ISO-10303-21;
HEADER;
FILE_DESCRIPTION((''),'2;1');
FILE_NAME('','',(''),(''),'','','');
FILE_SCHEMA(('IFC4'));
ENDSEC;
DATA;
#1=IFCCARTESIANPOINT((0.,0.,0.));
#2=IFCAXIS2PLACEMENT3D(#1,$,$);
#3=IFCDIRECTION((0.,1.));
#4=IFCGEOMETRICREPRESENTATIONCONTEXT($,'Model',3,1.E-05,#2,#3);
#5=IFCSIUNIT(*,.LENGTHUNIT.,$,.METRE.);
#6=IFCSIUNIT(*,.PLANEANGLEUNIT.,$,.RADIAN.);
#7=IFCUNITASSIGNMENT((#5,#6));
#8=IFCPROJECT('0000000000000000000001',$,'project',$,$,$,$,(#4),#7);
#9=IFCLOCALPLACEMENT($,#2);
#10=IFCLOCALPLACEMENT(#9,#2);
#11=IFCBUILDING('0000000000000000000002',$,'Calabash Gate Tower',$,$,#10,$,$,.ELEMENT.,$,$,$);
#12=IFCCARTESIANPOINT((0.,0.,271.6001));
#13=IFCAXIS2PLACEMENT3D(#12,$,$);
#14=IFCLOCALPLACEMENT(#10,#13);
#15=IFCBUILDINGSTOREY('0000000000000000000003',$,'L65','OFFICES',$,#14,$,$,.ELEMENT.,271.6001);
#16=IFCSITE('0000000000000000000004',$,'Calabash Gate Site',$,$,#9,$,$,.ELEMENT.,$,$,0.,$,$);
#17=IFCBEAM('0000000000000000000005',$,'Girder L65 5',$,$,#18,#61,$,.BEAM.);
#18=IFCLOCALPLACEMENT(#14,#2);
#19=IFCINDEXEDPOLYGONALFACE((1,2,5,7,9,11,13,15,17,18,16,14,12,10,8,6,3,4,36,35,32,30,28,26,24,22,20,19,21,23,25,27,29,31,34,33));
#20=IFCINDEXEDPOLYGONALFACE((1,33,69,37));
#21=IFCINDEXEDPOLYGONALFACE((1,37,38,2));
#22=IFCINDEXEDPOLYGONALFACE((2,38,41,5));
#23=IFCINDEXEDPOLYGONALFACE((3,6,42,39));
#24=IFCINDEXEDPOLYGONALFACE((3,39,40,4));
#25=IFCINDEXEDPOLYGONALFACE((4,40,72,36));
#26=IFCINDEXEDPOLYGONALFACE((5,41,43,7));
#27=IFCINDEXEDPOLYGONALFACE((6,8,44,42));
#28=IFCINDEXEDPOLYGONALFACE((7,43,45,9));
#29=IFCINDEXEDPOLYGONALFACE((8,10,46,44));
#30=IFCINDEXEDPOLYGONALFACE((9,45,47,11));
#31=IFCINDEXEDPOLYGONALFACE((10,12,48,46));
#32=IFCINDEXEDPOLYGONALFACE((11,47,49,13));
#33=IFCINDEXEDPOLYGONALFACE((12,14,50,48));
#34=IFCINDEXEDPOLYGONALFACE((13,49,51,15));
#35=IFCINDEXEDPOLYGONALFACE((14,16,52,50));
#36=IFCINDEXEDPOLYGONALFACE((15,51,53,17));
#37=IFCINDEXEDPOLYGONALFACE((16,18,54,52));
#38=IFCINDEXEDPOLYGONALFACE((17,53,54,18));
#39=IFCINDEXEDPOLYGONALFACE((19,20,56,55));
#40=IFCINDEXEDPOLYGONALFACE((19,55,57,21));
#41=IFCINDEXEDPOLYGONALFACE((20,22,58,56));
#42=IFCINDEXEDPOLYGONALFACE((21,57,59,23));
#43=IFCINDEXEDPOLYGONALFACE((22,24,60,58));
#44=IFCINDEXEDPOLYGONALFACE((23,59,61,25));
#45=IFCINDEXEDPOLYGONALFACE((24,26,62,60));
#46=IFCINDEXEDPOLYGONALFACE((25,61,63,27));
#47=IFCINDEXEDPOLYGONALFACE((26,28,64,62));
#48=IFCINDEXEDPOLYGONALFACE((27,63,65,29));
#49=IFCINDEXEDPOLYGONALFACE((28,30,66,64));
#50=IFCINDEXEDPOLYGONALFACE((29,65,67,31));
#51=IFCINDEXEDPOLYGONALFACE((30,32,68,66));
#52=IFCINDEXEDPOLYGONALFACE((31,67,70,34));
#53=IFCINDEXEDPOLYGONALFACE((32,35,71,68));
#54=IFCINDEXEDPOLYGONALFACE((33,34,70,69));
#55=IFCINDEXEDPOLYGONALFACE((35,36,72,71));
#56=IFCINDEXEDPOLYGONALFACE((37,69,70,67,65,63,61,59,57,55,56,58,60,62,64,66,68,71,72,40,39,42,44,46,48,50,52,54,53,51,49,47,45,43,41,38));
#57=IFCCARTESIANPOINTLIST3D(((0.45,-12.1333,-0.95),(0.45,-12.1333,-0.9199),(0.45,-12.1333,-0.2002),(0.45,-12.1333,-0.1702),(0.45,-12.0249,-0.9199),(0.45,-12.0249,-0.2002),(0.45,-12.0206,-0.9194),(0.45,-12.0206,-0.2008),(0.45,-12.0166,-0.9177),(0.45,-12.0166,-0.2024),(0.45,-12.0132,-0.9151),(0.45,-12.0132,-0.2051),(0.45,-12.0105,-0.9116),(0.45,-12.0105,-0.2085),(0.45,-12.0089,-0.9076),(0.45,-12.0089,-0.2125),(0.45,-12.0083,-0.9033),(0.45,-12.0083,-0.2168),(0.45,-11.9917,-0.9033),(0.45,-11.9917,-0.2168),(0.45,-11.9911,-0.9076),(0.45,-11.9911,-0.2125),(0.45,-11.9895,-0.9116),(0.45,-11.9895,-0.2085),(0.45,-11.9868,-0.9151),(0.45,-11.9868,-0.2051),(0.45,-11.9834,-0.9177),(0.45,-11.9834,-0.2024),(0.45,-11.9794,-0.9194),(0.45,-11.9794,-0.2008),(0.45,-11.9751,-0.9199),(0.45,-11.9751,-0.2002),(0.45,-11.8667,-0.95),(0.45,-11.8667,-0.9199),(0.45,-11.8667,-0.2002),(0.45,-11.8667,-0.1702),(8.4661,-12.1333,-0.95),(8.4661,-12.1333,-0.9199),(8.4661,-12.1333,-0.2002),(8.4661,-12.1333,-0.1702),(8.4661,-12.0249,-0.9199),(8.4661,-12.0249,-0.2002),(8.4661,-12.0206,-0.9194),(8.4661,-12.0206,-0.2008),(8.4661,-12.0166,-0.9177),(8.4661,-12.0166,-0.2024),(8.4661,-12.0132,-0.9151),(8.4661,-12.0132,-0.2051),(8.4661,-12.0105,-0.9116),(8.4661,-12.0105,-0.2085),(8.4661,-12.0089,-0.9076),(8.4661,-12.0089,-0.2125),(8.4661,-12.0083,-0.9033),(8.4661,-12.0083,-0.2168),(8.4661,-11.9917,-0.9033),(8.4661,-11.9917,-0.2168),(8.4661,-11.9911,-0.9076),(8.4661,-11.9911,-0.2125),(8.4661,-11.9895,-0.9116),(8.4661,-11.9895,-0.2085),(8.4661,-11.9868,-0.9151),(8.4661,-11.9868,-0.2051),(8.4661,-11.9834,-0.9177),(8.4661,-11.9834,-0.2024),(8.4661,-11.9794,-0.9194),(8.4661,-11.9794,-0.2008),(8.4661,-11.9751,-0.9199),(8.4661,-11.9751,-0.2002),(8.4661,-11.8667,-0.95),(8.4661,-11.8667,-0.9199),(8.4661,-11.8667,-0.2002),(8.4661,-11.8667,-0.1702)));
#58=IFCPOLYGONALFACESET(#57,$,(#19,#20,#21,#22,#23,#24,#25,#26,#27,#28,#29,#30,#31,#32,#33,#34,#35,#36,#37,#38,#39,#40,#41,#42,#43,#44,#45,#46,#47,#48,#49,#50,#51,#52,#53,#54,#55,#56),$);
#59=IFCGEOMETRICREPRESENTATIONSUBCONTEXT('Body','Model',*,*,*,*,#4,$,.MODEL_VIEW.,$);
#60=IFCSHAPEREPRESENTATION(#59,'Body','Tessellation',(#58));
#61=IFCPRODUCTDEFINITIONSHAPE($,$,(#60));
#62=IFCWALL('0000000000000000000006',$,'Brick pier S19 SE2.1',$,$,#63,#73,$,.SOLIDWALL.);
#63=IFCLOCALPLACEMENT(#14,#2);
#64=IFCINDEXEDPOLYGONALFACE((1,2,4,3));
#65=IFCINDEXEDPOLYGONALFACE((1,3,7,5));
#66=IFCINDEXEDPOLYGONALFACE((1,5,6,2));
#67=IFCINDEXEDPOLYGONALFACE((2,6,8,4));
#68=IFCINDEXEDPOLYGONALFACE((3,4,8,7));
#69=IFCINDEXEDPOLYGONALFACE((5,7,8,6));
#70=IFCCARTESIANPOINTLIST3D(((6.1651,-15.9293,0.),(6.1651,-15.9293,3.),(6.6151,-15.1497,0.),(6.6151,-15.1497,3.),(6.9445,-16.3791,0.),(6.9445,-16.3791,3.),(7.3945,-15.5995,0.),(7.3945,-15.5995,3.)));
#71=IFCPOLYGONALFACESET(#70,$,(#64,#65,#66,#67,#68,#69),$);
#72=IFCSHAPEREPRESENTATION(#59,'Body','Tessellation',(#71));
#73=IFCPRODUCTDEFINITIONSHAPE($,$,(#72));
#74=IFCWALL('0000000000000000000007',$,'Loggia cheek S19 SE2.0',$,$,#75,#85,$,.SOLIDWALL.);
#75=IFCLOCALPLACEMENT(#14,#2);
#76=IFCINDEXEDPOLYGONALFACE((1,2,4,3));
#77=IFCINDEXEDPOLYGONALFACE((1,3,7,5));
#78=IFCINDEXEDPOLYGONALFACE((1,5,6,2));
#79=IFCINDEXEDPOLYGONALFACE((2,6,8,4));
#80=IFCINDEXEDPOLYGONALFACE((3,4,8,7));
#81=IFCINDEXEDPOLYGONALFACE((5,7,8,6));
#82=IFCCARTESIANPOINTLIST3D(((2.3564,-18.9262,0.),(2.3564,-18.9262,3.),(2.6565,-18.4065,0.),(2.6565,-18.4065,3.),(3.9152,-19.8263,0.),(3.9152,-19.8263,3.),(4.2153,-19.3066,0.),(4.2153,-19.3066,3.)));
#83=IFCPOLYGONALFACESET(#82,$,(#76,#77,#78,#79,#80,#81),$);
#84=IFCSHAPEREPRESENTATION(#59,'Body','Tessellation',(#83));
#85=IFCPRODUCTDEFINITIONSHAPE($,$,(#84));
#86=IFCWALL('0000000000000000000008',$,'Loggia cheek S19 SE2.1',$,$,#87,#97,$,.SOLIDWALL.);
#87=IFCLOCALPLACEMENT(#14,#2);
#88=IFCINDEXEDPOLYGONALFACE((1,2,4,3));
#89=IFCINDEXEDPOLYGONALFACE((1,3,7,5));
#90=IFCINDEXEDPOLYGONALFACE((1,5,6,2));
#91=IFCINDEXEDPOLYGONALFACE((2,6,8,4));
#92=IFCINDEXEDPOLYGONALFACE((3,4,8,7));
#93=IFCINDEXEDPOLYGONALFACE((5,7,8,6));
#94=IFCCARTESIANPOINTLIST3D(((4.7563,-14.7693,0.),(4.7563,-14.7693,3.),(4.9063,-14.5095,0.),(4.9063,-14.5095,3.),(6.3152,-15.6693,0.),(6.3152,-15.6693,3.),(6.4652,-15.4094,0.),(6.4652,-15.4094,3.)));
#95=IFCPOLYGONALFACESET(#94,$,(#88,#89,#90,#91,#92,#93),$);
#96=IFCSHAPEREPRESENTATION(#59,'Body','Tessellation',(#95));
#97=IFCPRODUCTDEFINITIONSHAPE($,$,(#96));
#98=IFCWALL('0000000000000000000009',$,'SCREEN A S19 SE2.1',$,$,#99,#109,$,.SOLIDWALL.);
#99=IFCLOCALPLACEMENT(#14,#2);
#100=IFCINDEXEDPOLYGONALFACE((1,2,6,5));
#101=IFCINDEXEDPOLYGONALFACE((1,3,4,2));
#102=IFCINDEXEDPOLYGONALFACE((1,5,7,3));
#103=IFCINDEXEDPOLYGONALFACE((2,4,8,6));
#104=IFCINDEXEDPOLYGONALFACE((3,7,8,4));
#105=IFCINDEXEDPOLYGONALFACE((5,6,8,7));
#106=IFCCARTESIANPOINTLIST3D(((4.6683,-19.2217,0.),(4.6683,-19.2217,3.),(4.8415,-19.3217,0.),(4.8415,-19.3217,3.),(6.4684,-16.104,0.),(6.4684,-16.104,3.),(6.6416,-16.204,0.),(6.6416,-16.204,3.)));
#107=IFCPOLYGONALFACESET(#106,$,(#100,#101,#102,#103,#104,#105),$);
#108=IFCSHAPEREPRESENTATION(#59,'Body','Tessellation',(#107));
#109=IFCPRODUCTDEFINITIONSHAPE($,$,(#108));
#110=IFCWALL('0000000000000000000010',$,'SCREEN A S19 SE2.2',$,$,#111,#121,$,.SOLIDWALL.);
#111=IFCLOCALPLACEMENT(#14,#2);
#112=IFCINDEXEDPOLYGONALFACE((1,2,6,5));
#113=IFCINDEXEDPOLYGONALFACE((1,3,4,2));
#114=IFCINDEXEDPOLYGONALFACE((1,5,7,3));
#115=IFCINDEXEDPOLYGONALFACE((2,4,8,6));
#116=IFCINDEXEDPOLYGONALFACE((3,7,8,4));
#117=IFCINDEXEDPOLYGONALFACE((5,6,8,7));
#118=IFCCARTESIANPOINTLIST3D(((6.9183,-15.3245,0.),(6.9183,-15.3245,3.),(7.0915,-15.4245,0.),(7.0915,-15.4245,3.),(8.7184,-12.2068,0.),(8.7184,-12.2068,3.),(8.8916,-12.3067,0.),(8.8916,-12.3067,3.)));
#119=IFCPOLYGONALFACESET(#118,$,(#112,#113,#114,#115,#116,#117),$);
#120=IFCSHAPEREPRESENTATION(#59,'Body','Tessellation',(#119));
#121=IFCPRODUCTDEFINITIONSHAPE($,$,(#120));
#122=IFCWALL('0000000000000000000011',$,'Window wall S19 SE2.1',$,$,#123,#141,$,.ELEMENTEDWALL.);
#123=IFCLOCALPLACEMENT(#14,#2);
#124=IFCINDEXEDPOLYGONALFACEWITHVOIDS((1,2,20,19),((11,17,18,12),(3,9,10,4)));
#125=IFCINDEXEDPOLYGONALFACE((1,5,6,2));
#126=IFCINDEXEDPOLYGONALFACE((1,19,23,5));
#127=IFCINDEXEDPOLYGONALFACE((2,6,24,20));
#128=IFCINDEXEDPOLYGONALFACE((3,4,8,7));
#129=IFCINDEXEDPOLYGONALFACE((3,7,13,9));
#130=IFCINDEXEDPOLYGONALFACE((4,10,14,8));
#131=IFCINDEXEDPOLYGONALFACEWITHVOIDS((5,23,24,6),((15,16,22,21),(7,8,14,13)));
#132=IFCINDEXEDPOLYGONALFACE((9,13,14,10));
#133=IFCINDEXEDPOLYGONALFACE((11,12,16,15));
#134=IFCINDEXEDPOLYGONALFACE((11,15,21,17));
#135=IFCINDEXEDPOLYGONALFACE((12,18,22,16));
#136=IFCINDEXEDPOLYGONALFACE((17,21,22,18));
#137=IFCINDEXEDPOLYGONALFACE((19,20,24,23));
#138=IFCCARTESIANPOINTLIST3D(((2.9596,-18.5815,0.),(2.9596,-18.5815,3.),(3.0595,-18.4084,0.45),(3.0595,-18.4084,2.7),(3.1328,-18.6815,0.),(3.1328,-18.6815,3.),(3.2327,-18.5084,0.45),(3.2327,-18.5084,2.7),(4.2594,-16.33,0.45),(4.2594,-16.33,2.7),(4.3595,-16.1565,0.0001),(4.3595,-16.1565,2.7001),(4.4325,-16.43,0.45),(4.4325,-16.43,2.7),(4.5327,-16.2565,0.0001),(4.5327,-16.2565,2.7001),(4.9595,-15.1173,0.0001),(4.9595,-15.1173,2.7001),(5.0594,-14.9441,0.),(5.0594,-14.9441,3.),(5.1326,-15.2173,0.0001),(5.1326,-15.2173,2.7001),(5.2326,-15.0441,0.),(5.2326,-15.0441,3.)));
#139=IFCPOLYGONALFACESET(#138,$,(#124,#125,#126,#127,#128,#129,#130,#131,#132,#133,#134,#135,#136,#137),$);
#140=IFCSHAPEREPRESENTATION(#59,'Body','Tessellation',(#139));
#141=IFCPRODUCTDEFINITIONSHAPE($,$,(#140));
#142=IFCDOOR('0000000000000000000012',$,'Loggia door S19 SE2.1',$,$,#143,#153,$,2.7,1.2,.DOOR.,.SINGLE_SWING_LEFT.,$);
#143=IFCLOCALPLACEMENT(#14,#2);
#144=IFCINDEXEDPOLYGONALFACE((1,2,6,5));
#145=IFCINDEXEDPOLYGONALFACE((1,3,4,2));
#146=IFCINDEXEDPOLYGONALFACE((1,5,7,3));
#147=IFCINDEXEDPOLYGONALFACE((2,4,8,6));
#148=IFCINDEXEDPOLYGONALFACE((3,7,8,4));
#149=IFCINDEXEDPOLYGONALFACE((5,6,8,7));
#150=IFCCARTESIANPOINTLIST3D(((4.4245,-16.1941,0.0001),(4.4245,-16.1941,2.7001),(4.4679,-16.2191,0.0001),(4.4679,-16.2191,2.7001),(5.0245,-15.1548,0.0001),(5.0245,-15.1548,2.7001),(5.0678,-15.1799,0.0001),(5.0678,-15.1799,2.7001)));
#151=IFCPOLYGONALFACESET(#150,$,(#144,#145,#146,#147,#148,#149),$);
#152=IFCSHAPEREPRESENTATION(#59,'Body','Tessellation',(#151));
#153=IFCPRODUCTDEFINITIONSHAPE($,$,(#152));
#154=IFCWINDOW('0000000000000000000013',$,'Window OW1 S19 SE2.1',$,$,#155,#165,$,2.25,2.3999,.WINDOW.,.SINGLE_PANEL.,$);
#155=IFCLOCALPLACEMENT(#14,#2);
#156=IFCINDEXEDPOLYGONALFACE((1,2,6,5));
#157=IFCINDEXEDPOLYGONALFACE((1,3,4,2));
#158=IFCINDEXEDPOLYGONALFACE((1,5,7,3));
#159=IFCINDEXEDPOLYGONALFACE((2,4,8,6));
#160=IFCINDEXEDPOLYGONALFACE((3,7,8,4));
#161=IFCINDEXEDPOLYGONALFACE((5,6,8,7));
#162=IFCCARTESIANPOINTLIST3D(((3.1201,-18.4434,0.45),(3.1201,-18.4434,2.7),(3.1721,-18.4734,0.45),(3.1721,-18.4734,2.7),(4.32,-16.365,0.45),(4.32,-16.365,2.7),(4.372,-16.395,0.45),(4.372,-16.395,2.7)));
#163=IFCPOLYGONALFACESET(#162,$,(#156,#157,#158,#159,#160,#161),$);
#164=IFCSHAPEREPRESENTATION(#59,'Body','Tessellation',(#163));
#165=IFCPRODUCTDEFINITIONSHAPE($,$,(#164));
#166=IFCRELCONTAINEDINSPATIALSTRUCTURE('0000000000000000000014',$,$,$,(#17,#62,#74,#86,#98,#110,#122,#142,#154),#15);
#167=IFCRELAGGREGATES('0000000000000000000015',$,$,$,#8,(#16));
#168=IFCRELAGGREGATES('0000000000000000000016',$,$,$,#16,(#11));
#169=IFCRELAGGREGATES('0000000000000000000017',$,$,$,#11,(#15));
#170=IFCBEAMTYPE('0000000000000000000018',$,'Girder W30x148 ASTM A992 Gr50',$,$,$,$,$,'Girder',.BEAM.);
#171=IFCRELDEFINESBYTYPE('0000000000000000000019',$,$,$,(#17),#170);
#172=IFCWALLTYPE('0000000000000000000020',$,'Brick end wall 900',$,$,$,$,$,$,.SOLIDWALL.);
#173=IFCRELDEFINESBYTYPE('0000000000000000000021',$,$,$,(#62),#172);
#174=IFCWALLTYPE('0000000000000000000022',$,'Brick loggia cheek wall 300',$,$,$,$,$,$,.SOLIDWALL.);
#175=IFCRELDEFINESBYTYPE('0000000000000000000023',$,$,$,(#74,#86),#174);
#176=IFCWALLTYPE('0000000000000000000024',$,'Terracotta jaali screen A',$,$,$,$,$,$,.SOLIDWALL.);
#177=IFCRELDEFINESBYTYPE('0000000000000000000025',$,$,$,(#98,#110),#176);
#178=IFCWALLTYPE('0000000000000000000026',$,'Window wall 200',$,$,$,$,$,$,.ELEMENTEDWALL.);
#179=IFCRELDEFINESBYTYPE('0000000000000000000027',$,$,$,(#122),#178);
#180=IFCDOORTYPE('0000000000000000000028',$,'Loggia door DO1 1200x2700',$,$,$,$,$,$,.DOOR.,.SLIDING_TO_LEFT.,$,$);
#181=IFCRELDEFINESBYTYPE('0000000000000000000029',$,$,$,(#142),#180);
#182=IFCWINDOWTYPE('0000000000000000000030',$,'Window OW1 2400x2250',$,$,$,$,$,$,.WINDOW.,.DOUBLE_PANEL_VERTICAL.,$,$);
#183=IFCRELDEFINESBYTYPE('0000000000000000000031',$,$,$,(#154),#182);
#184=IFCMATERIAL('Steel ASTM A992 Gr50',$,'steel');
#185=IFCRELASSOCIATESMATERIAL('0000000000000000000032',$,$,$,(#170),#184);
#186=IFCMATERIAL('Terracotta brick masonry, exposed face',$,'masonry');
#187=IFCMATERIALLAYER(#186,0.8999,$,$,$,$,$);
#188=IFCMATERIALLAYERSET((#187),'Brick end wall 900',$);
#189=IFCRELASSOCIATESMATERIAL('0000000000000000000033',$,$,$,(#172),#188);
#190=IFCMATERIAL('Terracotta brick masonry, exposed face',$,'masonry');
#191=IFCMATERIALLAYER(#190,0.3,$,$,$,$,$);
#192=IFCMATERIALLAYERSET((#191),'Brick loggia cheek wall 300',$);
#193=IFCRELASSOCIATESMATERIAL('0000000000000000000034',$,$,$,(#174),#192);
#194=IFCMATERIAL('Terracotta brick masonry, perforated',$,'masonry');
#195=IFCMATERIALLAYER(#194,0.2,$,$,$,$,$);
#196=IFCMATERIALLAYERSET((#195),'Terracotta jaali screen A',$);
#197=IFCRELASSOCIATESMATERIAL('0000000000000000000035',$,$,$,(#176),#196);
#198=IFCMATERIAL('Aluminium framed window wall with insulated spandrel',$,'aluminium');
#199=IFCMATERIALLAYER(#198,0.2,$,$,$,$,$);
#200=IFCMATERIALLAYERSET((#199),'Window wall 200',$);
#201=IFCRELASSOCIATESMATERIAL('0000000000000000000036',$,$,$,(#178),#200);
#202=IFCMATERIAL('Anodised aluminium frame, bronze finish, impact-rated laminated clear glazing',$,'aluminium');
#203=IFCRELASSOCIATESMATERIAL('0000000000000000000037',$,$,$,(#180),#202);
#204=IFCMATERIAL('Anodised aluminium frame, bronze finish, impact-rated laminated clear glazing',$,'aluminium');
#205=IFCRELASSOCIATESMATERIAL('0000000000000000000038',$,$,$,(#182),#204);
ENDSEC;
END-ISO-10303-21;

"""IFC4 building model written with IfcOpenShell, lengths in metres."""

from ifc_helpers import new_model, si_unit, direction, frame, frame_2d, origin, origin_2d, place, context, subcontext, project, spatial, rectangle, i_section, extrude, material, layer, layer_set, material_profile, profile_set, type_object, element, fill, save


model = new_model("IFC4")

# Units and contexts
model_context = context("Model", 3, precision=1e-05, world=origin(), true_north=direction((0.0, 1.0)))
body_context = subcontext(model_context, "Body", "Model", "MODEL_VIEW")
ifc_project = project(units=[si_unit("LENGTHUNIT", "METRE"), si_unit("PLANEANGLEUNIT", "RADIAN")], contexts=[model_context])

# Site, building, storey
site_placement = place(None, origin())
site = spatial("IfcSite", under=ifc_project, at=site_placement, Name="Calabash Gate Site", CompositionType="ELEMENT", RefElevation=0.0)
building_placement = place(site_placement, origin())
building = spatial("IfcBuilding", under=site, at=building_placement, Name="Calabash Gate Tower", CompositionType="ELEMENT")
storey_placement = place(building_placement, frame((0.0, 0.0, 271.6001)))
storey = spatial("IfcBuildingStorey", under=building, at=storey_placement, Name="L65", Description="OFFICES", CompositionType="ELEMENT", Elevation=271.6001)

# Beam
ifc_material_1 = material(Name="Steel ASTM A992 Gr50", Category="steel")
ifc_material_profile_1 = material_profile(ifc_material_1, i_section(OverallWidth=0.2666, OverallDepth=0.7798, WebThickness=0.0166, FlangeThickness=0.03, FilletRadius=0.0166, at=origin_2d()))
ifc_profile_set_1 = profile_set([ifc_material_profile_1], Name="Steel ASTM A992 Gr50")
beam_type_1 = type_object("IfcBeamType", Name="Girder W30x148 ASTM A992 Gr50", ElementType="Girder", PredefinedType="BEAM", material=ifc_profile_set_1)
beam_1_placement = place(storey_placement, frame((0.45, -12.0, -0.5601), z_axis=(1.0, 0.0, 0.0), x_axis=(0.0, 1.0, 0.0)))
element("IfcBeam", 1, at=beam_1_placement, inside=storey, type_object=beam_type_1, Name="Girder L65 5", PredefinedType="BEAM", context=body_context, shape_type="SweptSolid", body=[
    extrude(i_section(OverallWidth=0.2666, OverallDepth=0.7798, WebThickness=0.0166, FlangeThickness=0.03, FilletRadius=0.0166, at=origin_2d()), origin(), (0.0, 0.0, 1.0), 8.0161),
])

# Walls
ifc_material_2 = material(Name="Terracotta brick masonry, exposed face", Category="masonry")
ifc_layer_1 = layer(ifc_material_2, 0.8999)
ifc_layer_set_1 = layer_set([ifc_layer_1], Name="Brick end wall 900")
wall_type_1 = type_object("IfcWallType", Name="Brick end wall 900", PredefinedType="SOLIDWALL", material=ifc_layer_set_1)
wall_1_placement = place(storey_placement, frame((7.0049, -15.3745, 0.0), z_axis=(0.0, 0.0, 1.0), x_axis=(-0.499902, -0.866082, 0.0)))
element("IfcWall", 2, at=wall_1_placement, inside=storey, type_object=wall_type_1, Name="Brick pier S19 SE2.1", PredefinedType="SOLIDWALL", context=body_context, shape_type="SweptSolid", body=[
    extrude(rectangle(XDim=0.9001, YDim=0.8999, at=frame_2d((0.4502, 0.0))), origin(), (0.0, 0.0, 1.0), 3.0),
])
ifc_material_3 = material(Name="Terracotta brick masonry, exposed face", Category="masonry")
ifc_layer_2 = layer(ifc_material_3, 0.3)
ifc_layer_set_2 = layer_set([ifc_layer_2], Name="Brick loggia cheek wall 300")
wall_type_2 = type_object("IfcWallType", Name="Brick loggia cheek wall 300", PredefinedType="SOLIDWALL", material=ifc_layer_set_2)
wall_2_placement = place(storey_placement, frame((4.0652, -19.5664, 0.0), z_axis=(0.0, 0.0, 1.0), x_axis=(-0.865989, 0.500063, 0.0)))
element("IfcWall", 3, at=wall_2_placement, inside=storey, type_object=wall_type_2, Name="Loggia cheek S19 SE2.0", PredefinedType="SOLIDWALL", context=body_context, shape_type="SweptSolid", body=[
    extrude(rectangle(XDim=1.8, YDim=0.6001, at=frame_2d((0.8999, 0.0))), origin(), (0.0, 0.0, 1.0), 3.0),
])
wall_3_placement = place(storey_placement, frame((6.3901, -15.5393, 0.0), z_axis=(0.0, 0.0, 1.0), x_axis=(-0.866048, 0.499961, 0.0)))
element("IfcWall", 4, at=wall_3_placement, inside=storey, type_object=wall_type_2, Name="Loggia cheek S19 SE2.1", PredefinedType="SOLIDWALL", context=body_context, shape_type="SweptSolid", body=[
    extrude(rectangle(XDim=1.8, YDim=0.3, at=frame_2d((0.8999, 0.0))), origin(), (0.0, 0.0, 1.0), 3.0),
])
ifc_material_4 = material(Name="Terracotta brick masonry, perforated", Category="masonry")
ifc_layer_3 = layer(ifc_material_4, 0.2)
ifc_layer_set_3 = layer_set([ifc_layer_3], Name="Terracotta jaali screen A")
wall_type_3 = type_object("IfcWallType", Name="Terracotta jaali screen A", PredefinedType="SOLIDWALL", material=ifc_layer_set_3)
for number, where, z_axis, x_axis, name in (
    (5, (4.7549, -19.2717, 0.0), (0.0, 0.0, 1.0), (0.500012, 0.866018, 0.0), "SCREEN A S19 SE2.1"),
    (6, (7.0049, -15.3745, 0.0), (0.0, 0.0, 1.0), (0.500012, 0.866018, 0.0), "SCREEN A S19 SE2.2"),
):
    element("IfcWall", number, at=place(storey_placement, frame(where, z_axis=z_axis, x_axis=x_axis)), inside=storey, type_object=wall_type_3, Name=name, PredefinedType="SOLIDWALL", context=body_context, shape_type="SweptSolid", body=[
        extrude(rectangle(XDim=3.6001, YDim=0.2, at=frame_2d((1.8, 0.0))), origin(), (0.0, 0.0, 1.0), 3.0),
    ])

# Wall, openings, door, window
ifc_material_5 = material(Name="Aluminium framed window wall with insulated spandrel", Category="aluminium")
ifc_layer_4 = layer(ifc_material_5, 0.2)
ifc_layer_set_4 = layer_set([ifc_layer_4], Name="Window wall 200")
wall_type_4 = type_object("IfcWallType", Name="Window wall 200", PredefinedType="ELEMENTEDWALL", material=ifc_layer_set_4)
wall_4_placement = place(storey_placement, frame((3.0461, -18.6316, 0.0), z_axis=(0.0, 0.0, 1.0), x_axis=(0.499959, 0.866049, 0.0)))
wall_4 = element("IfcWall", 7, at=wall_4_placement, inside=storey, type_object=wall_type_4, Name="Window wall S19 SE2.1", PredefinedType="ELEMENTEDWALL", context=body_context, shape_type="SweptSolid", body=[
    extrude(rectangle(XDim=4.2, YDim=0.2, at=frame_2d((2.1001, 0.0))), origin(), (0.0, 0.0, 1.0), 3.0),
])
opening_1_placement = place(wall_4_placement, frame((0.2, 0.0, 0.45)))
opening_1 = element("IfcOpeningElement", 8, at=opening_1_placement, cuts=wall_4, PredefinedType="OPENING", context=body_context, shape_type="SweptSolid", body=[
    extrude(rectangle(XDim=2.3999, YDim=2.25, at=frame_2d((1.2, 1.125))), frame((0.0, 0.1099, 0.0), z_axis=(0.0, -1.0, 0.0), x_axis=(1.0, 0.0, 0.0)), (0.0, 0.0, 1.0), 0.22),
])
opening_2_placement = place(wall_4_placement, frame((2.8, 0.0, 0.0)))
opening_2 = element("IfcOpeningElement", 9, at=opening_2_placement, cuts=wall_4, PredefinedType="OPENING", context=body_context, shape_type="SweptSolid", body=[
    extrude(rectangle(XDim=1.2, YDim=2.7, at=frame_2d((0.6001, 1.3501))), frame((0.0, 0.1099, 0.0), z_axis=(0.0, -1.0, 0.0), x_axis=(1.0, 0.0, 0.0)), (0.0, 0.0, 1.0), 0.22),
])
ifc_material_6 = material(Name="Anodised aluminium frame, bronze finish, impact-rated laminated clear glazing", Category="aluminium")
door_type = type_object("IfcDoorType", Name="Loggia door DO1 1200x2700", OperationType="SLIDING_TO_LEFT", PredefinedType="DOOR", material=ifc_material_6)
door_placement = place(opening_2_placement, origin())
door = element("IfcDoor", 10, at=door_placement, inside=storey, type_object=door_type, Name="Loggia door S19 SE2.1", OperationType="SINGLE_SWING_LEFT", OverallHeight=2.7, OverallWidth=1.2, PredefinedType="DOOR", context=body_context, shape_type="SweptSolid", body=[
    extrude(rectangle(XDim=1.2, YDim=2.7, at=frame_2d((0.6001, 1.3501))), frame((0.0, 0.0249, 0.0), z_axis=(0.0, -1.0, 0.0), x_axis=(1.0, 0.0, 0.0)), (0.0, 0.0, 1.0), 0.05),
])
fill(opening_2, door)
ifc_material_7 = material(Name="Anodised aluminium frame, bronze finish, impact-rated laminated clear glazing", Category="aluminium")
window_type_1 = type_object("IfcWindowType", Name="Window OW1 2400x2250", PartitioningType="DOUBLE_PANEL_VERTICAL", PredefinedType="WINDOW", material=ifc_material_7)
window_1_placement = place(opening_1_placement, origin())
window_1 = element("IfcWindow", 11, at=window_1_placement, inside=storey, type_object=window_type_1, Name="Window OW1 S19 SE2.1", OverallHeight=2.25, OverallWidth=2.3999, PartitioningType="SINGLE_PANEL", PredefinedType="WINDOW", context=body_context, shape_type="SweptSolid", body=[
    extrude(rectangle(XDim=2.3999, YDim=2.25, at=frame_2d((1.2, 1.125))), frame((0.0, 0.03, 0.0), z_axis=(0.0, -1.0, 0.0), x_axis=(1.0, 0.0, 0.0)), (0.0, 0.0, 1.0), 0.0601),
])
fill(opening_1, window_1)

save(model, "model.ifc")
